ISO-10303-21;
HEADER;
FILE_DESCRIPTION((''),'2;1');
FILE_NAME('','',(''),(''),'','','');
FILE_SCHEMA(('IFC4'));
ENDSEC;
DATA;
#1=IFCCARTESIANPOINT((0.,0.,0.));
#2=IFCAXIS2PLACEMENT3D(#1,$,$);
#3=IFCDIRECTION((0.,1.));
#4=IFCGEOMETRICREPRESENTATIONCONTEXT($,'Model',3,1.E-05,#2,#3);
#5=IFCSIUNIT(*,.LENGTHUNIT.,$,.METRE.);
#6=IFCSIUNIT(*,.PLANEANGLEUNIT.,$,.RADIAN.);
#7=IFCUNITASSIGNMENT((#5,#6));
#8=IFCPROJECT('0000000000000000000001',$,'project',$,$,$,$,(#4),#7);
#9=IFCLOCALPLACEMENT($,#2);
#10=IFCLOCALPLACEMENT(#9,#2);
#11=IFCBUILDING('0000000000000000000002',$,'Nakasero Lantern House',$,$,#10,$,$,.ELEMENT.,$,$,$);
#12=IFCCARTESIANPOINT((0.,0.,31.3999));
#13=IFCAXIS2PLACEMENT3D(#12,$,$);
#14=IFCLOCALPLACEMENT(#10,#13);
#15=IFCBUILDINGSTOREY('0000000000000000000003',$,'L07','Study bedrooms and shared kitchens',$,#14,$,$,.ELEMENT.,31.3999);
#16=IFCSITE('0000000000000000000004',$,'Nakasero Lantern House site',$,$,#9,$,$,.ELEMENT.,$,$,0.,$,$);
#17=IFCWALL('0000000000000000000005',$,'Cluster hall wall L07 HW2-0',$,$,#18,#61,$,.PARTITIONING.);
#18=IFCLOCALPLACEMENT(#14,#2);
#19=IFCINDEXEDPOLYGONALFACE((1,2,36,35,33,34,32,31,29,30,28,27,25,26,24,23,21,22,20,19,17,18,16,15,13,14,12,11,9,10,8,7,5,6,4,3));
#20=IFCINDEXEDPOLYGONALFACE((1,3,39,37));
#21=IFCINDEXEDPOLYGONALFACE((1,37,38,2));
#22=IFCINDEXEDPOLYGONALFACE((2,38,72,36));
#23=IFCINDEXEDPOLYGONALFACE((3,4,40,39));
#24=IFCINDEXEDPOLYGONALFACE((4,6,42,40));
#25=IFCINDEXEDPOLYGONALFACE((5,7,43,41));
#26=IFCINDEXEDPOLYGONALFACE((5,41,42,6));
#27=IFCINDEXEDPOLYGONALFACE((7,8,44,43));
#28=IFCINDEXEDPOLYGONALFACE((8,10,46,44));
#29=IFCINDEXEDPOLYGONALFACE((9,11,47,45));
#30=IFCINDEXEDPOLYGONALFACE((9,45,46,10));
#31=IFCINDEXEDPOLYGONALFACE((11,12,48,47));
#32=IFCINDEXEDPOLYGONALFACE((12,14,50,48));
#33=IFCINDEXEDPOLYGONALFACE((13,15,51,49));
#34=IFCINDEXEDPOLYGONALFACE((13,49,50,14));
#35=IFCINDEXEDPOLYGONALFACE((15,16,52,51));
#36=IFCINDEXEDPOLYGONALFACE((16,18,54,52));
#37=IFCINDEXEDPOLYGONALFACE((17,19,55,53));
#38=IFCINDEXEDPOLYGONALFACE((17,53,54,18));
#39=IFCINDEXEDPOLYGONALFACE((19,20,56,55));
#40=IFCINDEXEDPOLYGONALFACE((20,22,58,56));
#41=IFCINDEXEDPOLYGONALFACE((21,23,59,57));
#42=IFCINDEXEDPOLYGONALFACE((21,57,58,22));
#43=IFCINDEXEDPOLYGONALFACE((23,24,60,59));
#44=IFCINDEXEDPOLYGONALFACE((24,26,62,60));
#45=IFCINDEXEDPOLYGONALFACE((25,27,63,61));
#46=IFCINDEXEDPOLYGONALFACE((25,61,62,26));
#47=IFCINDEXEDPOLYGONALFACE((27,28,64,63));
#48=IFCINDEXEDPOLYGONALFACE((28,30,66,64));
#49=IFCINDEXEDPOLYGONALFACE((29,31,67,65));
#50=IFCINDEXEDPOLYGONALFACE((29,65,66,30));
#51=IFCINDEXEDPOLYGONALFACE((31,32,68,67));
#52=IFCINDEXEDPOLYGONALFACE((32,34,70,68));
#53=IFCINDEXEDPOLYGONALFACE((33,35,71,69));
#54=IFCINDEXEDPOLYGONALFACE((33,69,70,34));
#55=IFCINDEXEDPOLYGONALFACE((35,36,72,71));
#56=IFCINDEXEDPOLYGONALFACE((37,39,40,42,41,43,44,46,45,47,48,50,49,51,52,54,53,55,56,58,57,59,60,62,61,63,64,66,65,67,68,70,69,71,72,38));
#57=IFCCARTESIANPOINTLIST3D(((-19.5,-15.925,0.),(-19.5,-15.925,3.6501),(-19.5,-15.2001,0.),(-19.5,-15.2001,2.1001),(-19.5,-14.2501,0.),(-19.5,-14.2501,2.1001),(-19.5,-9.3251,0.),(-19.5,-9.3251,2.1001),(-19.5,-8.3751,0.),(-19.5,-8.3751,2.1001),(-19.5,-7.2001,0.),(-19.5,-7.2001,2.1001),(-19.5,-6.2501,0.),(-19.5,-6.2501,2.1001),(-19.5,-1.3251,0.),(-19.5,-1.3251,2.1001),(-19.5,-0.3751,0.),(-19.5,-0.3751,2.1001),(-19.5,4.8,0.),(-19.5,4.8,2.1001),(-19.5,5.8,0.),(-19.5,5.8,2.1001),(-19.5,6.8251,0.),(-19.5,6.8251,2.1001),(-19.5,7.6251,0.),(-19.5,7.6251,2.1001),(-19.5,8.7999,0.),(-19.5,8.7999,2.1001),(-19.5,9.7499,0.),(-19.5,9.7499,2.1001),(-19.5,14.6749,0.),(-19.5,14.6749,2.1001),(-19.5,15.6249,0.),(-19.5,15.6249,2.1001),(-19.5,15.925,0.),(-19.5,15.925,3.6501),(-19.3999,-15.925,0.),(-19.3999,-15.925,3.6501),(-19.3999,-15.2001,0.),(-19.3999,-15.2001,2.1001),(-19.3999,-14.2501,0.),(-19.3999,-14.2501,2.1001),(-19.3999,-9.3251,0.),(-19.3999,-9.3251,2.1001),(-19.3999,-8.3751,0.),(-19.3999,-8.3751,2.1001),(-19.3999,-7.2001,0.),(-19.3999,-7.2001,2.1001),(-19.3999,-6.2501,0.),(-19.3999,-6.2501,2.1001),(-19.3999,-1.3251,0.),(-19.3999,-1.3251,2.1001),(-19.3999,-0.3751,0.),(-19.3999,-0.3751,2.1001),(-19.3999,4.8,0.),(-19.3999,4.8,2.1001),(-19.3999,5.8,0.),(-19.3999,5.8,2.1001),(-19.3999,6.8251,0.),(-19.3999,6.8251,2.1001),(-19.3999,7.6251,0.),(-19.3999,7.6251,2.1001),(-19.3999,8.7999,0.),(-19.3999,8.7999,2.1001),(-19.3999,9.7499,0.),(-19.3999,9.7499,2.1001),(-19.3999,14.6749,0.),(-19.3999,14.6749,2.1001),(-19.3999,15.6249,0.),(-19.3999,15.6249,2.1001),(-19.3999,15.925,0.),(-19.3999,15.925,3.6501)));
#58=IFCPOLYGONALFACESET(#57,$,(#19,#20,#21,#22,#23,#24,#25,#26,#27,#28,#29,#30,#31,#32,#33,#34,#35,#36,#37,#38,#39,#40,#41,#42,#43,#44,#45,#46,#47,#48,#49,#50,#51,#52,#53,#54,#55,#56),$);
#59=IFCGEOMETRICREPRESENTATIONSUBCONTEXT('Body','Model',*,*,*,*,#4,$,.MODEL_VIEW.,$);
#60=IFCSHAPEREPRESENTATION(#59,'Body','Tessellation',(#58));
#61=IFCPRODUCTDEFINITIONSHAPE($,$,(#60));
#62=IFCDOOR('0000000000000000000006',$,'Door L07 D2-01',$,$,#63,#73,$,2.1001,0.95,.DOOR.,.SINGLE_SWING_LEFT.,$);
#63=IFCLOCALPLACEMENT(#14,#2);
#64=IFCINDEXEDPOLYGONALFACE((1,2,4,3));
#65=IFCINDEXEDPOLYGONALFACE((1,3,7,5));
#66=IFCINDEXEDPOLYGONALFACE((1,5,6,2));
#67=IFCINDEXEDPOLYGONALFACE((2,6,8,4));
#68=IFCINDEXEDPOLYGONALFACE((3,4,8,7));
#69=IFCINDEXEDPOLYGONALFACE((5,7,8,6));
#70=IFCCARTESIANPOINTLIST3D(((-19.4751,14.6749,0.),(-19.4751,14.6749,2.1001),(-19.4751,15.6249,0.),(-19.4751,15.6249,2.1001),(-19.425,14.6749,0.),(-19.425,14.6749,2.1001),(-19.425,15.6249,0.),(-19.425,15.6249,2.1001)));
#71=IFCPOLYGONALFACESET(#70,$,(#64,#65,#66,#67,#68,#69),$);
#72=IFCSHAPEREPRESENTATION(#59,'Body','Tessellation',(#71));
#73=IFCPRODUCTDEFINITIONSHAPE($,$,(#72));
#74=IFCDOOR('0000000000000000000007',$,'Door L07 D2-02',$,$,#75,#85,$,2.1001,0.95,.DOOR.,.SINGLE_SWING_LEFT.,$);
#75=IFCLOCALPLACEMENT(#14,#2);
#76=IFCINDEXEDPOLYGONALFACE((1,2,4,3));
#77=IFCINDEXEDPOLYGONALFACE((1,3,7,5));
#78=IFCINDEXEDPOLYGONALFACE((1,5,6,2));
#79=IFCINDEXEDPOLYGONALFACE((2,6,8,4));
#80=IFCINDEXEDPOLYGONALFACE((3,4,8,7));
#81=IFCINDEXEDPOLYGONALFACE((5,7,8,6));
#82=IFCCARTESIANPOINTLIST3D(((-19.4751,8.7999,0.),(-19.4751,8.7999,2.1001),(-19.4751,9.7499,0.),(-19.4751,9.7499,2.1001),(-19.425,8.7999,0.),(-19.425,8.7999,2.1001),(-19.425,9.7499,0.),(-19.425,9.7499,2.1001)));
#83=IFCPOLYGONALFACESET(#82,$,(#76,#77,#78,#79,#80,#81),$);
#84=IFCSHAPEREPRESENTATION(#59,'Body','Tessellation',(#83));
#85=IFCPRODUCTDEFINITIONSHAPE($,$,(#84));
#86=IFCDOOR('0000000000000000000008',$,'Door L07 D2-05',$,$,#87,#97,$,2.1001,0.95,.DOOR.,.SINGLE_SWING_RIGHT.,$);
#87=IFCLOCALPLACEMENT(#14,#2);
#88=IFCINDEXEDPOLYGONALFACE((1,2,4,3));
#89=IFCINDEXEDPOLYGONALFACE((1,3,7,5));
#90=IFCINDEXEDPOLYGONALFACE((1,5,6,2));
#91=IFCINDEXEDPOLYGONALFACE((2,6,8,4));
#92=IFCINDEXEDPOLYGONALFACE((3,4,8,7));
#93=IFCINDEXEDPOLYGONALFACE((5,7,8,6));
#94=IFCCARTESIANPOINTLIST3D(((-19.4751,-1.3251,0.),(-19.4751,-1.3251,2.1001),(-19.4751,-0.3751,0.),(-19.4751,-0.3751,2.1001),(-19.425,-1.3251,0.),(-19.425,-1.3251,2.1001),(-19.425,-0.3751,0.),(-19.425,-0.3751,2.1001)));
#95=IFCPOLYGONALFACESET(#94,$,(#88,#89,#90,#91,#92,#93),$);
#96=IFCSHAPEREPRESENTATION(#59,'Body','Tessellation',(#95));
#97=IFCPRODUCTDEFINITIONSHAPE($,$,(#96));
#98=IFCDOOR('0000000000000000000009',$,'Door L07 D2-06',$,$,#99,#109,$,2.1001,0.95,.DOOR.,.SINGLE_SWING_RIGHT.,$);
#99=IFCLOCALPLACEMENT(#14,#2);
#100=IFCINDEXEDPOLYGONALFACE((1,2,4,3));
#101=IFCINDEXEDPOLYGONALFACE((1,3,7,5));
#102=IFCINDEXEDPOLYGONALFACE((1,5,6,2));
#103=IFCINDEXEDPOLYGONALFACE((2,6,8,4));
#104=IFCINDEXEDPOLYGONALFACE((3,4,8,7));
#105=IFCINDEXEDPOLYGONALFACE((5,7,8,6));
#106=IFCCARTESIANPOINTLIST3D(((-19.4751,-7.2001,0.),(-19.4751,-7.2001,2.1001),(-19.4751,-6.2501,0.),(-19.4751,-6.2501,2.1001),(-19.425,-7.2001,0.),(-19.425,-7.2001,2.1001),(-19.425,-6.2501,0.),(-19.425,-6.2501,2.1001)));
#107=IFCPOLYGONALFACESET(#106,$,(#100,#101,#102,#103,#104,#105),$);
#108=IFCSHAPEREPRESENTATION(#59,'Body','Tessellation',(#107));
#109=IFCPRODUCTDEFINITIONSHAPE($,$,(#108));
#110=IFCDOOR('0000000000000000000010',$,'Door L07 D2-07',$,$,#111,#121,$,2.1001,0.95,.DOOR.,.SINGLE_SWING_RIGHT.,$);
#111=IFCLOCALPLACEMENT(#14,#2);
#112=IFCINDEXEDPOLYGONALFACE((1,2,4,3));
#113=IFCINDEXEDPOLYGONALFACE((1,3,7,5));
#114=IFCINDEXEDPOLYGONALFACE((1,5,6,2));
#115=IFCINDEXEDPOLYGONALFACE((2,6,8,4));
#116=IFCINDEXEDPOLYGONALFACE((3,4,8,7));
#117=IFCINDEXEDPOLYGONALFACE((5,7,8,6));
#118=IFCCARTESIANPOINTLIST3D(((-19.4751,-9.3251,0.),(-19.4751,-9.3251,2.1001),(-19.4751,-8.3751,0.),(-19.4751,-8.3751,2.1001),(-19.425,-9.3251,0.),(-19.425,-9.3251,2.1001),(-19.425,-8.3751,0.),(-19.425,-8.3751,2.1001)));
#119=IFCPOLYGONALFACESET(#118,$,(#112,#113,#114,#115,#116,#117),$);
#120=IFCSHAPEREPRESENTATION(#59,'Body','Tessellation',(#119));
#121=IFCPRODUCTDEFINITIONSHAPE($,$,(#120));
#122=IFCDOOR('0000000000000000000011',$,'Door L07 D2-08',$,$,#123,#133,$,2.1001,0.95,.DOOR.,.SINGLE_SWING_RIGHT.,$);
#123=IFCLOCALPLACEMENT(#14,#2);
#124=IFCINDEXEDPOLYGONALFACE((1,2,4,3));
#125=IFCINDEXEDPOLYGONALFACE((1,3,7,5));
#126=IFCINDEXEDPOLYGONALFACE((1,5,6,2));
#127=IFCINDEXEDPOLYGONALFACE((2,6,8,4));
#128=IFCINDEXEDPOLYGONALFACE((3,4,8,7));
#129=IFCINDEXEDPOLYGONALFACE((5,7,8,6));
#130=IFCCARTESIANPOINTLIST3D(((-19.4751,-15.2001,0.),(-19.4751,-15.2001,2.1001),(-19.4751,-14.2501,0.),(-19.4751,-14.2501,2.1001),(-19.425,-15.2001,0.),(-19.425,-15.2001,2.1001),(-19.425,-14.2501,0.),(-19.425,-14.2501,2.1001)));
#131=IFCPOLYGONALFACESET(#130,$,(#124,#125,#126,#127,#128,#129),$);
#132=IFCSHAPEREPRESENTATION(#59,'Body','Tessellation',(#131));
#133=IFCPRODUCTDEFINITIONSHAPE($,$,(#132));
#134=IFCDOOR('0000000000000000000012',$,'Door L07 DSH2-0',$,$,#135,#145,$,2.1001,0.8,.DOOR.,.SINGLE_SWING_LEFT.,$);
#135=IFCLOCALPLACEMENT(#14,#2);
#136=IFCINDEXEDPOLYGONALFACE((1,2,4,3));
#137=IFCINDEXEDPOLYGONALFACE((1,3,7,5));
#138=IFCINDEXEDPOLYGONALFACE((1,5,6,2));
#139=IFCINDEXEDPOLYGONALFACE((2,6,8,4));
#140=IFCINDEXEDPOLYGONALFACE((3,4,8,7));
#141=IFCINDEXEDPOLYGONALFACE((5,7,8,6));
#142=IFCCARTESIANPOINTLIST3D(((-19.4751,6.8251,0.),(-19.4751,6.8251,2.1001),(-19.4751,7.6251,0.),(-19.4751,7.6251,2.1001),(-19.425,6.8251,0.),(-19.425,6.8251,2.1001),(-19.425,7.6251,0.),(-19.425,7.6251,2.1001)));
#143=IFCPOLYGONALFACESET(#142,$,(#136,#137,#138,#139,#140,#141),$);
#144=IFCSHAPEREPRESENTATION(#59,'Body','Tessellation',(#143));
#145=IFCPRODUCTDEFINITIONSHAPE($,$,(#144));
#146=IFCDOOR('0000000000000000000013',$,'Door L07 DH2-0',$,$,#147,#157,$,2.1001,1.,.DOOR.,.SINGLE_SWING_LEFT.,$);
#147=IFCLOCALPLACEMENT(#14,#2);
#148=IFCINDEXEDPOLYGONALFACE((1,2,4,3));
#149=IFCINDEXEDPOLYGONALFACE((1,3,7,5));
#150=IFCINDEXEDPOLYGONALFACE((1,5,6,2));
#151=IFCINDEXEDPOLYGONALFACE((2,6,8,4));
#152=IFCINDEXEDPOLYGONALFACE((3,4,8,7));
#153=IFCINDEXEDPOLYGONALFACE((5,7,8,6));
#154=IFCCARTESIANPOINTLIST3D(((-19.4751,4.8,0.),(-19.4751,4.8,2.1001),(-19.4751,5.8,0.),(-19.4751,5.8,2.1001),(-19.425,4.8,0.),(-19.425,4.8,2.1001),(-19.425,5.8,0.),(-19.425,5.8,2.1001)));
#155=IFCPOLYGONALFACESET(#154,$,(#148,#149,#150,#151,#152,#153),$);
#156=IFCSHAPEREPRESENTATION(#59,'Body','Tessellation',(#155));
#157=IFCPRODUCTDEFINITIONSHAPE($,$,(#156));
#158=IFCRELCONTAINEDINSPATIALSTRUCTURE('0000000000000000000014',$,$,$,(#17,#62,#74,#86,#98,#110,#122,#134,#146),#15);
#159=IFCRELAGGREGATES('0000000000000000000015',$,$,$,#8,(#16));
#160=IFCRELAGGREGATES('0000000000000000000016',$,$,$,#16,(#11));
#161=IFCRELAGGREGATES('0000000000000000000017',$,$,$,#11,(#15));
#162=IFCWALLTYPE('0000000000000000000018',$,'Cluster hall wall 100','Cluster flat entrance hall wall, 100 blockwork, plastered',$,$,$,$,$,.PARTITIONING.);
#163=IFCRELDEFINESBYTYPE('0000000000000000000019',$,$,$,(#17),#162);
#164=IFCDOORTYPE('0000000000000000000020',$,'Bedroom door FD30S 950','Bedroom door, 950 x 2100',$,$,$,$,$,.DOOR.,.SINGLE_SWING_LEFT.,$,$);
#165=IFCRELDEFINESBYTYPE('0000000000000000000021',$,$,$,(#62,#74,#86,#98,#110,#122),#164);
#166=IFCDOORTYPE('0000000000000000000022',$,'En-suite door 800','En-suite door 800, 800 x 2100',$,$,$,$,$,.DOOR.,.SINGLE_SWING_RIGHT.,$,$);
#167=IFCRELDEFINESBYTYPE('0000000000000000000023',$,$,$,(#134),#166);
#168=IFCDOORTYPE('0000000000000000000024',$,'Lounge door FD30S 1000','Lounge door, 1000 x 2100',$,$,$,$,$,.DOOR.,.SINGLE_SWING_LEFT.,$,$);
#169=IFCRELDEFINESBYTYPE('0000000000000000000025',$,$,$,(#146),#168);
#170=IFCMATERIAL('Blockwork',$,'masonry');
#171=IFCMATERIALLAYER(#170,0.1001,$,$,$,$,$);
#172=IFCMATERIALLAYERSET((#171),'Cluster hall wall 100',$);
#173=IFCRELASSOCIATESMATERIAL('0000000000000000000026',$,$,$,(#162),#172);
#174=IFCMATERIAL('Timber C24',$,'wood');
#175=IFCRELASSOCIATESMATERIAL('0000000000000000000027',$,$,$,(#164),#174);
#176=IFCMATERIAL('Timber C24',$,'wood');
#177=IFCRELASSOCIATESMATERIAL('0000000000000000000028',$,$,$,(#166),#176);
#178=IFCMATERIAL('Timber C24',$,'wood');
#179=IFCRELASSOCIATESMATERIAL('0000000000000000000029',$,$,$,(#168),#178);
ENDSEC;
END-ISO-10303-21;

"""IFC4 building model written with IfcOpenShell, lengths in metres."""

from ifc_helpers import new_model, si_unit, direction, frame, frame_2d, origin, place, context, subcontext, project, spatial, rectangle, extrude, material, layer, layer_set, type_object, element, fill, save


model = new_model("IFC4")

# Units and contexts
model_context = context("Model", 3, precision=1e-05, world=origin(), true_north=direction((0.0, 1.0)))
body_context = subcontext(model_context, "Body", "Model", "MODEL_VIEW")
ifc_project = project(units=[si_unit("LENGTHUNIT", "METRE"), si_unit("PLANEANGLEUNIT", "RADIAN")], contexts=[model_context])

# Site, building, storey
site_placement = place(None, origin())
site = spatial("IfcSite", under=ifc_project, at=site_placement, Name="Nakasero Lantern House site", CompositionType="ELEMENT", RefElevation=0.0)
building_placement = place(site_placement, origin())
building = spatial("IfcBuilding", under=site, at=building_placement, Name="Nakasero Lantern House", CompositionType="ELEMENT")
storey_placement = place(building_placement, frame((0.0, 0.0, 31.3999)))
storey = spatial("IfcBuildingStorey", under=building, at=storey_placement, Name="L07", Description="Study bedrooms and shared kitchens", CompositionType="ELEMENT", Elevation=31.3999)

# Wall, openings, doors
ifc_material_1 = material(Name="Blockwork", Category="masonry")
ifc_layer_1 = layer(ifc_material_1, 0.1001)
ifc_layer_set_1 = layer_set([ifc_layer_1], Name="Cluster hall wall 100")
wall_type_1 = type_object("IfcWallType", Name="Cluster hall wall 100", Description="Cluster flat entrance hall wall, 100 blockwork, plastered", PredefinedType="PARTITIONING", material=ifc_layer_set_1)
wall_1_placement = place(storey_placement, frame((-19.45, 15.925, 0.0), z_axis=(0.0, 0.0, 1.0), x_axis=(0.0, -1.0, 0.0)))
wall_1 = element("IfcWall", 1, at=wall_1_placement, inside=storey, type_object=wall_type_1, Name="Cluster hall wall L07 HW2-0", PredefinedType="PARTITIONING", context=body_context, shape_type="SweptSolid", body=[
    extrude(rectangle(XDim=31.8501, YDim=0.1001, at=frame_2d((15.925, 0.0))), origin(), (0.0, 0.0, 1.0), 3.6501),
])
opening_1_placement = place(wall_1_placement, frame((10.125, 0.0, 0.0)))
opening_1 = element("IfcOpeningElement", 2, at=opening_1_placement, cuts=wall_1, PredefinedType="OPENING", context=body_context, shape_type="SweptSolid", body=[
    extrude(rectangle(XDim=1.0, YDim=2.1001, at=frame_2d((0.5, 1.05))), frame((0.0, 0.0701, 0.0), z_axis=(0.0, -1.0, 0.0), x_axis=(1.0, 0.0, 0.0)), (0.0, 0.0, 1.0), 0.1401),
])
opening_2_placement = place(wall_1_placement, frame((8.3, 0.0, 0.0)))
opening_2 = element("IfcOpeningElement", 3, at=opening_2_placement, cuts=wall_1, PredefinedType="OPENING", context=body_context, shape_type="SweptSolid", body=[
    extrude(rectangle(XDim=0.8, YDim=2.1001, at=frame_2d((0.3999, 1.05))), frame((0.0, 0.0701, 0.0), z_axis=(0.0, -1.0, 0.0), x_axis=(1.0, 0.0, 0.0)), (0.0, 0.0, 1.0), 0.1401),
])
opening_3_placement = place(wall_1_placement, frame((0.3, 0.0, 0.0)))
opening_3 = element("IfcOpeningElement", 4, at=opening_3_placement, cuts=wall_1, PredefinedType="OPENING", context=body_context, shape_type="SweptSolid", body=[
    extrude(rectangle(XDim=0.95, YDim=2.1001, at=frame_2d((0.4751, 1.05))), frame((0.0, 0.0701, 0.0), z_axis=(0.0, -1.0, 0.0), x_axis=(1.0, 0.0, 0.0)), (0.0, 0.0, 1.0), 0.1401),
])
opening_4_placement = place(wall_1_placement, frame((6.175, 0.0, 0.0)))
opening_4 = element("IfcOpeningElement", 5, at=opening_4_placement, cuts=wall_1, PredefinedType="OPENING", context=body_context, shape_type="SweptSolid", body=[
    extrude(rectangle(XDim=0.95, YDim=2.1001, at=frame_2d((0.4751, 1.05))), frame((0.0, 0.0701, 0.0), z_axis=(0.0, -1.0, 0.0), x_axis=(1.0, 0.0, 0.0)), (0.0, 0.0, 1.0), 0.1401),
])
opening_5_placement = place(wall_1_placement, frame((16.3, 0.0, 0.0)))
opening_5 = element("IfcOpeningElement", 6, at=opening_5_placement, cuts=wall_1, PredefinedType="OPENING", context=body_context, shape_type="SweptSolid", body=[
    extrude(rectangle(XDim=0.95, YDim=2.1001, at=frame_2d((0.4751, 1.05))), frame((0.0, 0.0701, 0.0), z_axis=(0.0, -1.0, 0.0), x_axis=(1.0, 0.0, 0.0)), (0.0, 0.0, 1.0), 0.1401),
])
opening_6_placement = place(wall_1_placement, frame((22.175, 0.0, 0.0)))
opening_6 = element("IfcOpeningElement", 7, at=opening_6_placement, cuts=wall_1, PredefinedType="OPENING", context=body_context, shape_type="SweptSolid", body=[
    extrude(rectangle(XDim=0.95, YDim=2.1001, at=frame_2d((0.4751, 1.05))), frame((0.0, 0.0701, 0.0), z_axis=(0.0, -1.0, 0.0), x_axis=(1.0, 0.0, 0.0)), (0.0, 0.0, 1.0), 0.1401),
])
opening_7_placement = place(wall_1_placement, frame((24.3, 0.0, 0.0)))
opening_7 = element("IfcOpeningElement", 8, at=opening_7_placement, cuts=wall_1, PredefinedType="OPENING", context=body_context, shape_type="SweptSolid", body=[
    extrude(rectangle(XDim=0.95, YDim=2.1001, at=frame_2d((0.4751, 1.05))), frame((0.0, 0.0701, 0.0), z_axis=(0.0, -1.0, 0.0), x_axis=(1.0, 0.0, 0.0)), (0.0, 0.0, 1.0), 0.1401),
])
opening_8_placement = place(wall_1_placement, frame((30.175, 0.0, 0.0)))
opening_8 = element("IfcOpeningElement", 9, at=opening_8_placement, cuts=wall_1, PredefinedType="OPENING", context=body_context, shape_type="SweptSolid", body=[
    extrude(rectangle(XDim=0.95, YDim=2.1001, at=frame_2d((0.4751, 1.05))), frame((0.0, 0.0701, 0.0), z_axis=(0.0, -1.0, 0.0), x_axis=(1.0, 0.0, 0.0)), (0.0, 0.0, 1.0), 0.1401),
])
ifc_material_2 = material(Name="Timber C24", Category="wood")
door_type_1 = type_object("IfcDoorType", Name="Bedroom door FD30S 950", Description="Bedroom door, 950 x 2100", OperationType="SINGLE_SWING_LEFT", PredefinedType="DOOR", material=ifc_material_2)
door_1_placement = place(opening_3_placement, origin())
door_1 = element("IfcDoor", 10, at=door_1_placement, inside=storey, type_object=door_type_1, Name="Door L07 D2-01", OperationType="SINGLE_SWING_LEFT", OverallHeight=2.1001, OverallWidth=0.95, PredefinedType="DOOR", context=body_context, shape_type="SweptSolid", body=[
    extrude(rectangle(XDim=0.95, YDim=2.1001, at=frame_2d((0.4751, 1.05))), frame((0.0, 0.0249, 0.0), z_axis=(0.0, -1.0, 0.0), x_axis=(1.0, 0.0, 0.0)), (0.0, 0.0, 1.0), 0.05),
])
fill(opening_3, door_1)
door_2_placement = place(opening_4_placement, origin())
door_2 = element("IfcDoor", 11, at=door_2_placement, inside=storey, type_object=door_type_1, Name="Door L07 D2-02", OperationType="SINGLE_SWING_LEFT", OverallHeight=2.1001, OverallWidth=0.95, PredefinedType="DOOR", context=body_context, shape_type="SweptSolid", body=[
    extrude(rectangle(XDim=0.95, YDim=2.1001, at=frame_2d((0.4751, 1.05))), frame((0.0, 0.0249, 0.0), z_axis=(0.0, -1.0, 0.0), x_axis=(1.0, 0.0, 0.0)), (0.0, 0.0, 1.0), 0.05),
])
fill(opening_4, door_2)
door_3_placement = place(opening_5_placement, origin())
door_3 = element("IfcDoor", 12, at=door_3_placement, inside=storey, type_object=door_type_1, Name="Door L07 D2-05", OperationType="SINGLE_SWING_RIGHT", OverallHeight=2.1001, OverallWidth=0.95, PredefinedType="DOOR", context=body_context, shape_type="SweptSolid", body=[
    extrude(rectangle(XDim=0.95, YDim=2.1001, at=frame_2d((0.4751, 1.05))), frame((0.0, 0.0249, 0.0), z_axis=(0.0, -1.0, 0.0), x_axis=(1.0, 0.0, 0.0)), (0.0, 0.0, 1.0), 0.05),
])
fill(opening_5, door_3)
door_4_placement = place(opening_6_placement, origin())
door_4 = element("IfcDoor", 13, at=door_4_placement, inside=storey, type_object=door_type_1, Name="Door L07 D2-06", OperationType="SINGLE_SWING_RIGHT", OverallHeight=2.1001, OverallWidth=0.95, PredefinedType="DOOR", context=body_context, shape_type="SweptSolid", body=[
    extrude(rectangle(XDim=0.95, YDim=2.1001, at=frame_2d((0.4751, 1.05))), frame((0.0, 0.0249, 0.0), z_axis=(0.0, -1.0, 0.0), x_axis=(1.0, 0.0, 0.0)), (0.0, 0.0, 1.0), 0.05),
])
fill(opening_6, door_4)
door_5_placement = place(opening_7_placement, origin())
door_5 = element("IfcDoor", 14, at=door_5_placement, inside=storey, type_object=door_type_1, Name="Door L07 D2-07", OperationType="SINGLE_SWING_RIGHT", OverallHeight=2.1001, OverallWidth=0.95, PredefinedType="DOOR", context=body_context, shape_type="SweptSolid", body=[
    extrude(rectangle(XDim=0.95, YDim=2.1001, at=frame_2d((0.4751, 1.05))), frame((0.0, 0.0249, 0.0), z_axis=(0.0, -1.0, 0.0), x_axis=(1.0, 0.0, 0.0)), (0.0, 0.0, 1.0), 0.05),
])
fill(opening_7, door_5)
door_6_placement = place(opening_8_placement, origin())
door_6 = element("IfcDoor", 15, at=door_6_placement, inside=storey, type_object=door_type_1, Name="Door L07 D2-08", OperationType="SINGLE_SWING_RIGHT", OverallHeight=2.1001, OverallWidth=0.95, PredefinedType="DOOR", context=body_context, shape_type="SweptSolid", body=[
    extrude(rectangle(XDim=0.95, YDim=2.1001, at=frame_2d((0.4751, 1.05))), frame((0.0, 0.0249, 0.0), z_axis=(0.0, -1.0, 0.0), x_axis=(1.0, 0.0, 0.0)), (0.0, 0.0, 1.0), 0.05),
])
fill(opening_8, door_6)
ifc_material_3 = material(Name="Timber C24", Category="wood")
door_type_2 = type_object("IfcDoorType", Name="En-suite door 800", Description="En-suite door 800, 800 x 2100", OperationType="SINGLE_SWING_RIGHT", PredefinedType="DOOR", material=ifc_material_3)
door_7_placement = place(opening_2_placement, origin())
door_7 = element("IfcDoor", 16, at=door_7_placement, inside=storey, type_object=door_type_2, Name="Door L07 DSH2-0", OperationType="SINGLE_SWING_LEFT", OverallHeight=2.1001, OverallWidth=0.8, PredefinedType="DOOR", context=body_context, shape_type="SweptSolid", body=[
    extrude(rectangle(XDim=0.8, YDim=2.1001, at=frame_2d((0.3999, 1.05))), frame((0.0, 0.0249, 0.0), z_axis=(0.0, -1.0, 0.0), x_axis=(1.0, 0.0, 0.0)), (0.0, 0.0, 1.0), 0.05),
])
fill(opening_2, door_7)
ifc_material_4 = material(Name="Timber C24", Category="wood")
door_type_3 = type_object("IfcDoorType", Name="Lounge door FD30S 1000", Description="Lounge door, 1000 x 2100", OperationType="SINGLE_SWING_LEFT", PredefinedType="DOOR", material=ifc_material_4)
door_8_placement = place(opening_1_placement, origin())
door_8 = element("IfcDoor", 17, at=door_8_placement, inside=storey, type_object=door_type_3, Name="Door L07 DH2-0", OperationType="SINGLE_SWING_LEFT", OverallHeight=2.1001, OverallWidth=1.0, PredefinedType="DOOR", context=body_context, shape_type="SweptSolid", body=[
    extrude(rectangle(XDim=1.0, YDim=2.1001, at=frame_2d((0.5, 1.05))), frame((0.0, 0.0249, 0.0), z_axis=(0.0, -1.0, 0.0), x_axis=(1.0, 0.0, 0.0)), (0.0, 0.0, 1.0), 0.05),
])
fill(opening_1, door_8)

save(model, "model.ifc")
